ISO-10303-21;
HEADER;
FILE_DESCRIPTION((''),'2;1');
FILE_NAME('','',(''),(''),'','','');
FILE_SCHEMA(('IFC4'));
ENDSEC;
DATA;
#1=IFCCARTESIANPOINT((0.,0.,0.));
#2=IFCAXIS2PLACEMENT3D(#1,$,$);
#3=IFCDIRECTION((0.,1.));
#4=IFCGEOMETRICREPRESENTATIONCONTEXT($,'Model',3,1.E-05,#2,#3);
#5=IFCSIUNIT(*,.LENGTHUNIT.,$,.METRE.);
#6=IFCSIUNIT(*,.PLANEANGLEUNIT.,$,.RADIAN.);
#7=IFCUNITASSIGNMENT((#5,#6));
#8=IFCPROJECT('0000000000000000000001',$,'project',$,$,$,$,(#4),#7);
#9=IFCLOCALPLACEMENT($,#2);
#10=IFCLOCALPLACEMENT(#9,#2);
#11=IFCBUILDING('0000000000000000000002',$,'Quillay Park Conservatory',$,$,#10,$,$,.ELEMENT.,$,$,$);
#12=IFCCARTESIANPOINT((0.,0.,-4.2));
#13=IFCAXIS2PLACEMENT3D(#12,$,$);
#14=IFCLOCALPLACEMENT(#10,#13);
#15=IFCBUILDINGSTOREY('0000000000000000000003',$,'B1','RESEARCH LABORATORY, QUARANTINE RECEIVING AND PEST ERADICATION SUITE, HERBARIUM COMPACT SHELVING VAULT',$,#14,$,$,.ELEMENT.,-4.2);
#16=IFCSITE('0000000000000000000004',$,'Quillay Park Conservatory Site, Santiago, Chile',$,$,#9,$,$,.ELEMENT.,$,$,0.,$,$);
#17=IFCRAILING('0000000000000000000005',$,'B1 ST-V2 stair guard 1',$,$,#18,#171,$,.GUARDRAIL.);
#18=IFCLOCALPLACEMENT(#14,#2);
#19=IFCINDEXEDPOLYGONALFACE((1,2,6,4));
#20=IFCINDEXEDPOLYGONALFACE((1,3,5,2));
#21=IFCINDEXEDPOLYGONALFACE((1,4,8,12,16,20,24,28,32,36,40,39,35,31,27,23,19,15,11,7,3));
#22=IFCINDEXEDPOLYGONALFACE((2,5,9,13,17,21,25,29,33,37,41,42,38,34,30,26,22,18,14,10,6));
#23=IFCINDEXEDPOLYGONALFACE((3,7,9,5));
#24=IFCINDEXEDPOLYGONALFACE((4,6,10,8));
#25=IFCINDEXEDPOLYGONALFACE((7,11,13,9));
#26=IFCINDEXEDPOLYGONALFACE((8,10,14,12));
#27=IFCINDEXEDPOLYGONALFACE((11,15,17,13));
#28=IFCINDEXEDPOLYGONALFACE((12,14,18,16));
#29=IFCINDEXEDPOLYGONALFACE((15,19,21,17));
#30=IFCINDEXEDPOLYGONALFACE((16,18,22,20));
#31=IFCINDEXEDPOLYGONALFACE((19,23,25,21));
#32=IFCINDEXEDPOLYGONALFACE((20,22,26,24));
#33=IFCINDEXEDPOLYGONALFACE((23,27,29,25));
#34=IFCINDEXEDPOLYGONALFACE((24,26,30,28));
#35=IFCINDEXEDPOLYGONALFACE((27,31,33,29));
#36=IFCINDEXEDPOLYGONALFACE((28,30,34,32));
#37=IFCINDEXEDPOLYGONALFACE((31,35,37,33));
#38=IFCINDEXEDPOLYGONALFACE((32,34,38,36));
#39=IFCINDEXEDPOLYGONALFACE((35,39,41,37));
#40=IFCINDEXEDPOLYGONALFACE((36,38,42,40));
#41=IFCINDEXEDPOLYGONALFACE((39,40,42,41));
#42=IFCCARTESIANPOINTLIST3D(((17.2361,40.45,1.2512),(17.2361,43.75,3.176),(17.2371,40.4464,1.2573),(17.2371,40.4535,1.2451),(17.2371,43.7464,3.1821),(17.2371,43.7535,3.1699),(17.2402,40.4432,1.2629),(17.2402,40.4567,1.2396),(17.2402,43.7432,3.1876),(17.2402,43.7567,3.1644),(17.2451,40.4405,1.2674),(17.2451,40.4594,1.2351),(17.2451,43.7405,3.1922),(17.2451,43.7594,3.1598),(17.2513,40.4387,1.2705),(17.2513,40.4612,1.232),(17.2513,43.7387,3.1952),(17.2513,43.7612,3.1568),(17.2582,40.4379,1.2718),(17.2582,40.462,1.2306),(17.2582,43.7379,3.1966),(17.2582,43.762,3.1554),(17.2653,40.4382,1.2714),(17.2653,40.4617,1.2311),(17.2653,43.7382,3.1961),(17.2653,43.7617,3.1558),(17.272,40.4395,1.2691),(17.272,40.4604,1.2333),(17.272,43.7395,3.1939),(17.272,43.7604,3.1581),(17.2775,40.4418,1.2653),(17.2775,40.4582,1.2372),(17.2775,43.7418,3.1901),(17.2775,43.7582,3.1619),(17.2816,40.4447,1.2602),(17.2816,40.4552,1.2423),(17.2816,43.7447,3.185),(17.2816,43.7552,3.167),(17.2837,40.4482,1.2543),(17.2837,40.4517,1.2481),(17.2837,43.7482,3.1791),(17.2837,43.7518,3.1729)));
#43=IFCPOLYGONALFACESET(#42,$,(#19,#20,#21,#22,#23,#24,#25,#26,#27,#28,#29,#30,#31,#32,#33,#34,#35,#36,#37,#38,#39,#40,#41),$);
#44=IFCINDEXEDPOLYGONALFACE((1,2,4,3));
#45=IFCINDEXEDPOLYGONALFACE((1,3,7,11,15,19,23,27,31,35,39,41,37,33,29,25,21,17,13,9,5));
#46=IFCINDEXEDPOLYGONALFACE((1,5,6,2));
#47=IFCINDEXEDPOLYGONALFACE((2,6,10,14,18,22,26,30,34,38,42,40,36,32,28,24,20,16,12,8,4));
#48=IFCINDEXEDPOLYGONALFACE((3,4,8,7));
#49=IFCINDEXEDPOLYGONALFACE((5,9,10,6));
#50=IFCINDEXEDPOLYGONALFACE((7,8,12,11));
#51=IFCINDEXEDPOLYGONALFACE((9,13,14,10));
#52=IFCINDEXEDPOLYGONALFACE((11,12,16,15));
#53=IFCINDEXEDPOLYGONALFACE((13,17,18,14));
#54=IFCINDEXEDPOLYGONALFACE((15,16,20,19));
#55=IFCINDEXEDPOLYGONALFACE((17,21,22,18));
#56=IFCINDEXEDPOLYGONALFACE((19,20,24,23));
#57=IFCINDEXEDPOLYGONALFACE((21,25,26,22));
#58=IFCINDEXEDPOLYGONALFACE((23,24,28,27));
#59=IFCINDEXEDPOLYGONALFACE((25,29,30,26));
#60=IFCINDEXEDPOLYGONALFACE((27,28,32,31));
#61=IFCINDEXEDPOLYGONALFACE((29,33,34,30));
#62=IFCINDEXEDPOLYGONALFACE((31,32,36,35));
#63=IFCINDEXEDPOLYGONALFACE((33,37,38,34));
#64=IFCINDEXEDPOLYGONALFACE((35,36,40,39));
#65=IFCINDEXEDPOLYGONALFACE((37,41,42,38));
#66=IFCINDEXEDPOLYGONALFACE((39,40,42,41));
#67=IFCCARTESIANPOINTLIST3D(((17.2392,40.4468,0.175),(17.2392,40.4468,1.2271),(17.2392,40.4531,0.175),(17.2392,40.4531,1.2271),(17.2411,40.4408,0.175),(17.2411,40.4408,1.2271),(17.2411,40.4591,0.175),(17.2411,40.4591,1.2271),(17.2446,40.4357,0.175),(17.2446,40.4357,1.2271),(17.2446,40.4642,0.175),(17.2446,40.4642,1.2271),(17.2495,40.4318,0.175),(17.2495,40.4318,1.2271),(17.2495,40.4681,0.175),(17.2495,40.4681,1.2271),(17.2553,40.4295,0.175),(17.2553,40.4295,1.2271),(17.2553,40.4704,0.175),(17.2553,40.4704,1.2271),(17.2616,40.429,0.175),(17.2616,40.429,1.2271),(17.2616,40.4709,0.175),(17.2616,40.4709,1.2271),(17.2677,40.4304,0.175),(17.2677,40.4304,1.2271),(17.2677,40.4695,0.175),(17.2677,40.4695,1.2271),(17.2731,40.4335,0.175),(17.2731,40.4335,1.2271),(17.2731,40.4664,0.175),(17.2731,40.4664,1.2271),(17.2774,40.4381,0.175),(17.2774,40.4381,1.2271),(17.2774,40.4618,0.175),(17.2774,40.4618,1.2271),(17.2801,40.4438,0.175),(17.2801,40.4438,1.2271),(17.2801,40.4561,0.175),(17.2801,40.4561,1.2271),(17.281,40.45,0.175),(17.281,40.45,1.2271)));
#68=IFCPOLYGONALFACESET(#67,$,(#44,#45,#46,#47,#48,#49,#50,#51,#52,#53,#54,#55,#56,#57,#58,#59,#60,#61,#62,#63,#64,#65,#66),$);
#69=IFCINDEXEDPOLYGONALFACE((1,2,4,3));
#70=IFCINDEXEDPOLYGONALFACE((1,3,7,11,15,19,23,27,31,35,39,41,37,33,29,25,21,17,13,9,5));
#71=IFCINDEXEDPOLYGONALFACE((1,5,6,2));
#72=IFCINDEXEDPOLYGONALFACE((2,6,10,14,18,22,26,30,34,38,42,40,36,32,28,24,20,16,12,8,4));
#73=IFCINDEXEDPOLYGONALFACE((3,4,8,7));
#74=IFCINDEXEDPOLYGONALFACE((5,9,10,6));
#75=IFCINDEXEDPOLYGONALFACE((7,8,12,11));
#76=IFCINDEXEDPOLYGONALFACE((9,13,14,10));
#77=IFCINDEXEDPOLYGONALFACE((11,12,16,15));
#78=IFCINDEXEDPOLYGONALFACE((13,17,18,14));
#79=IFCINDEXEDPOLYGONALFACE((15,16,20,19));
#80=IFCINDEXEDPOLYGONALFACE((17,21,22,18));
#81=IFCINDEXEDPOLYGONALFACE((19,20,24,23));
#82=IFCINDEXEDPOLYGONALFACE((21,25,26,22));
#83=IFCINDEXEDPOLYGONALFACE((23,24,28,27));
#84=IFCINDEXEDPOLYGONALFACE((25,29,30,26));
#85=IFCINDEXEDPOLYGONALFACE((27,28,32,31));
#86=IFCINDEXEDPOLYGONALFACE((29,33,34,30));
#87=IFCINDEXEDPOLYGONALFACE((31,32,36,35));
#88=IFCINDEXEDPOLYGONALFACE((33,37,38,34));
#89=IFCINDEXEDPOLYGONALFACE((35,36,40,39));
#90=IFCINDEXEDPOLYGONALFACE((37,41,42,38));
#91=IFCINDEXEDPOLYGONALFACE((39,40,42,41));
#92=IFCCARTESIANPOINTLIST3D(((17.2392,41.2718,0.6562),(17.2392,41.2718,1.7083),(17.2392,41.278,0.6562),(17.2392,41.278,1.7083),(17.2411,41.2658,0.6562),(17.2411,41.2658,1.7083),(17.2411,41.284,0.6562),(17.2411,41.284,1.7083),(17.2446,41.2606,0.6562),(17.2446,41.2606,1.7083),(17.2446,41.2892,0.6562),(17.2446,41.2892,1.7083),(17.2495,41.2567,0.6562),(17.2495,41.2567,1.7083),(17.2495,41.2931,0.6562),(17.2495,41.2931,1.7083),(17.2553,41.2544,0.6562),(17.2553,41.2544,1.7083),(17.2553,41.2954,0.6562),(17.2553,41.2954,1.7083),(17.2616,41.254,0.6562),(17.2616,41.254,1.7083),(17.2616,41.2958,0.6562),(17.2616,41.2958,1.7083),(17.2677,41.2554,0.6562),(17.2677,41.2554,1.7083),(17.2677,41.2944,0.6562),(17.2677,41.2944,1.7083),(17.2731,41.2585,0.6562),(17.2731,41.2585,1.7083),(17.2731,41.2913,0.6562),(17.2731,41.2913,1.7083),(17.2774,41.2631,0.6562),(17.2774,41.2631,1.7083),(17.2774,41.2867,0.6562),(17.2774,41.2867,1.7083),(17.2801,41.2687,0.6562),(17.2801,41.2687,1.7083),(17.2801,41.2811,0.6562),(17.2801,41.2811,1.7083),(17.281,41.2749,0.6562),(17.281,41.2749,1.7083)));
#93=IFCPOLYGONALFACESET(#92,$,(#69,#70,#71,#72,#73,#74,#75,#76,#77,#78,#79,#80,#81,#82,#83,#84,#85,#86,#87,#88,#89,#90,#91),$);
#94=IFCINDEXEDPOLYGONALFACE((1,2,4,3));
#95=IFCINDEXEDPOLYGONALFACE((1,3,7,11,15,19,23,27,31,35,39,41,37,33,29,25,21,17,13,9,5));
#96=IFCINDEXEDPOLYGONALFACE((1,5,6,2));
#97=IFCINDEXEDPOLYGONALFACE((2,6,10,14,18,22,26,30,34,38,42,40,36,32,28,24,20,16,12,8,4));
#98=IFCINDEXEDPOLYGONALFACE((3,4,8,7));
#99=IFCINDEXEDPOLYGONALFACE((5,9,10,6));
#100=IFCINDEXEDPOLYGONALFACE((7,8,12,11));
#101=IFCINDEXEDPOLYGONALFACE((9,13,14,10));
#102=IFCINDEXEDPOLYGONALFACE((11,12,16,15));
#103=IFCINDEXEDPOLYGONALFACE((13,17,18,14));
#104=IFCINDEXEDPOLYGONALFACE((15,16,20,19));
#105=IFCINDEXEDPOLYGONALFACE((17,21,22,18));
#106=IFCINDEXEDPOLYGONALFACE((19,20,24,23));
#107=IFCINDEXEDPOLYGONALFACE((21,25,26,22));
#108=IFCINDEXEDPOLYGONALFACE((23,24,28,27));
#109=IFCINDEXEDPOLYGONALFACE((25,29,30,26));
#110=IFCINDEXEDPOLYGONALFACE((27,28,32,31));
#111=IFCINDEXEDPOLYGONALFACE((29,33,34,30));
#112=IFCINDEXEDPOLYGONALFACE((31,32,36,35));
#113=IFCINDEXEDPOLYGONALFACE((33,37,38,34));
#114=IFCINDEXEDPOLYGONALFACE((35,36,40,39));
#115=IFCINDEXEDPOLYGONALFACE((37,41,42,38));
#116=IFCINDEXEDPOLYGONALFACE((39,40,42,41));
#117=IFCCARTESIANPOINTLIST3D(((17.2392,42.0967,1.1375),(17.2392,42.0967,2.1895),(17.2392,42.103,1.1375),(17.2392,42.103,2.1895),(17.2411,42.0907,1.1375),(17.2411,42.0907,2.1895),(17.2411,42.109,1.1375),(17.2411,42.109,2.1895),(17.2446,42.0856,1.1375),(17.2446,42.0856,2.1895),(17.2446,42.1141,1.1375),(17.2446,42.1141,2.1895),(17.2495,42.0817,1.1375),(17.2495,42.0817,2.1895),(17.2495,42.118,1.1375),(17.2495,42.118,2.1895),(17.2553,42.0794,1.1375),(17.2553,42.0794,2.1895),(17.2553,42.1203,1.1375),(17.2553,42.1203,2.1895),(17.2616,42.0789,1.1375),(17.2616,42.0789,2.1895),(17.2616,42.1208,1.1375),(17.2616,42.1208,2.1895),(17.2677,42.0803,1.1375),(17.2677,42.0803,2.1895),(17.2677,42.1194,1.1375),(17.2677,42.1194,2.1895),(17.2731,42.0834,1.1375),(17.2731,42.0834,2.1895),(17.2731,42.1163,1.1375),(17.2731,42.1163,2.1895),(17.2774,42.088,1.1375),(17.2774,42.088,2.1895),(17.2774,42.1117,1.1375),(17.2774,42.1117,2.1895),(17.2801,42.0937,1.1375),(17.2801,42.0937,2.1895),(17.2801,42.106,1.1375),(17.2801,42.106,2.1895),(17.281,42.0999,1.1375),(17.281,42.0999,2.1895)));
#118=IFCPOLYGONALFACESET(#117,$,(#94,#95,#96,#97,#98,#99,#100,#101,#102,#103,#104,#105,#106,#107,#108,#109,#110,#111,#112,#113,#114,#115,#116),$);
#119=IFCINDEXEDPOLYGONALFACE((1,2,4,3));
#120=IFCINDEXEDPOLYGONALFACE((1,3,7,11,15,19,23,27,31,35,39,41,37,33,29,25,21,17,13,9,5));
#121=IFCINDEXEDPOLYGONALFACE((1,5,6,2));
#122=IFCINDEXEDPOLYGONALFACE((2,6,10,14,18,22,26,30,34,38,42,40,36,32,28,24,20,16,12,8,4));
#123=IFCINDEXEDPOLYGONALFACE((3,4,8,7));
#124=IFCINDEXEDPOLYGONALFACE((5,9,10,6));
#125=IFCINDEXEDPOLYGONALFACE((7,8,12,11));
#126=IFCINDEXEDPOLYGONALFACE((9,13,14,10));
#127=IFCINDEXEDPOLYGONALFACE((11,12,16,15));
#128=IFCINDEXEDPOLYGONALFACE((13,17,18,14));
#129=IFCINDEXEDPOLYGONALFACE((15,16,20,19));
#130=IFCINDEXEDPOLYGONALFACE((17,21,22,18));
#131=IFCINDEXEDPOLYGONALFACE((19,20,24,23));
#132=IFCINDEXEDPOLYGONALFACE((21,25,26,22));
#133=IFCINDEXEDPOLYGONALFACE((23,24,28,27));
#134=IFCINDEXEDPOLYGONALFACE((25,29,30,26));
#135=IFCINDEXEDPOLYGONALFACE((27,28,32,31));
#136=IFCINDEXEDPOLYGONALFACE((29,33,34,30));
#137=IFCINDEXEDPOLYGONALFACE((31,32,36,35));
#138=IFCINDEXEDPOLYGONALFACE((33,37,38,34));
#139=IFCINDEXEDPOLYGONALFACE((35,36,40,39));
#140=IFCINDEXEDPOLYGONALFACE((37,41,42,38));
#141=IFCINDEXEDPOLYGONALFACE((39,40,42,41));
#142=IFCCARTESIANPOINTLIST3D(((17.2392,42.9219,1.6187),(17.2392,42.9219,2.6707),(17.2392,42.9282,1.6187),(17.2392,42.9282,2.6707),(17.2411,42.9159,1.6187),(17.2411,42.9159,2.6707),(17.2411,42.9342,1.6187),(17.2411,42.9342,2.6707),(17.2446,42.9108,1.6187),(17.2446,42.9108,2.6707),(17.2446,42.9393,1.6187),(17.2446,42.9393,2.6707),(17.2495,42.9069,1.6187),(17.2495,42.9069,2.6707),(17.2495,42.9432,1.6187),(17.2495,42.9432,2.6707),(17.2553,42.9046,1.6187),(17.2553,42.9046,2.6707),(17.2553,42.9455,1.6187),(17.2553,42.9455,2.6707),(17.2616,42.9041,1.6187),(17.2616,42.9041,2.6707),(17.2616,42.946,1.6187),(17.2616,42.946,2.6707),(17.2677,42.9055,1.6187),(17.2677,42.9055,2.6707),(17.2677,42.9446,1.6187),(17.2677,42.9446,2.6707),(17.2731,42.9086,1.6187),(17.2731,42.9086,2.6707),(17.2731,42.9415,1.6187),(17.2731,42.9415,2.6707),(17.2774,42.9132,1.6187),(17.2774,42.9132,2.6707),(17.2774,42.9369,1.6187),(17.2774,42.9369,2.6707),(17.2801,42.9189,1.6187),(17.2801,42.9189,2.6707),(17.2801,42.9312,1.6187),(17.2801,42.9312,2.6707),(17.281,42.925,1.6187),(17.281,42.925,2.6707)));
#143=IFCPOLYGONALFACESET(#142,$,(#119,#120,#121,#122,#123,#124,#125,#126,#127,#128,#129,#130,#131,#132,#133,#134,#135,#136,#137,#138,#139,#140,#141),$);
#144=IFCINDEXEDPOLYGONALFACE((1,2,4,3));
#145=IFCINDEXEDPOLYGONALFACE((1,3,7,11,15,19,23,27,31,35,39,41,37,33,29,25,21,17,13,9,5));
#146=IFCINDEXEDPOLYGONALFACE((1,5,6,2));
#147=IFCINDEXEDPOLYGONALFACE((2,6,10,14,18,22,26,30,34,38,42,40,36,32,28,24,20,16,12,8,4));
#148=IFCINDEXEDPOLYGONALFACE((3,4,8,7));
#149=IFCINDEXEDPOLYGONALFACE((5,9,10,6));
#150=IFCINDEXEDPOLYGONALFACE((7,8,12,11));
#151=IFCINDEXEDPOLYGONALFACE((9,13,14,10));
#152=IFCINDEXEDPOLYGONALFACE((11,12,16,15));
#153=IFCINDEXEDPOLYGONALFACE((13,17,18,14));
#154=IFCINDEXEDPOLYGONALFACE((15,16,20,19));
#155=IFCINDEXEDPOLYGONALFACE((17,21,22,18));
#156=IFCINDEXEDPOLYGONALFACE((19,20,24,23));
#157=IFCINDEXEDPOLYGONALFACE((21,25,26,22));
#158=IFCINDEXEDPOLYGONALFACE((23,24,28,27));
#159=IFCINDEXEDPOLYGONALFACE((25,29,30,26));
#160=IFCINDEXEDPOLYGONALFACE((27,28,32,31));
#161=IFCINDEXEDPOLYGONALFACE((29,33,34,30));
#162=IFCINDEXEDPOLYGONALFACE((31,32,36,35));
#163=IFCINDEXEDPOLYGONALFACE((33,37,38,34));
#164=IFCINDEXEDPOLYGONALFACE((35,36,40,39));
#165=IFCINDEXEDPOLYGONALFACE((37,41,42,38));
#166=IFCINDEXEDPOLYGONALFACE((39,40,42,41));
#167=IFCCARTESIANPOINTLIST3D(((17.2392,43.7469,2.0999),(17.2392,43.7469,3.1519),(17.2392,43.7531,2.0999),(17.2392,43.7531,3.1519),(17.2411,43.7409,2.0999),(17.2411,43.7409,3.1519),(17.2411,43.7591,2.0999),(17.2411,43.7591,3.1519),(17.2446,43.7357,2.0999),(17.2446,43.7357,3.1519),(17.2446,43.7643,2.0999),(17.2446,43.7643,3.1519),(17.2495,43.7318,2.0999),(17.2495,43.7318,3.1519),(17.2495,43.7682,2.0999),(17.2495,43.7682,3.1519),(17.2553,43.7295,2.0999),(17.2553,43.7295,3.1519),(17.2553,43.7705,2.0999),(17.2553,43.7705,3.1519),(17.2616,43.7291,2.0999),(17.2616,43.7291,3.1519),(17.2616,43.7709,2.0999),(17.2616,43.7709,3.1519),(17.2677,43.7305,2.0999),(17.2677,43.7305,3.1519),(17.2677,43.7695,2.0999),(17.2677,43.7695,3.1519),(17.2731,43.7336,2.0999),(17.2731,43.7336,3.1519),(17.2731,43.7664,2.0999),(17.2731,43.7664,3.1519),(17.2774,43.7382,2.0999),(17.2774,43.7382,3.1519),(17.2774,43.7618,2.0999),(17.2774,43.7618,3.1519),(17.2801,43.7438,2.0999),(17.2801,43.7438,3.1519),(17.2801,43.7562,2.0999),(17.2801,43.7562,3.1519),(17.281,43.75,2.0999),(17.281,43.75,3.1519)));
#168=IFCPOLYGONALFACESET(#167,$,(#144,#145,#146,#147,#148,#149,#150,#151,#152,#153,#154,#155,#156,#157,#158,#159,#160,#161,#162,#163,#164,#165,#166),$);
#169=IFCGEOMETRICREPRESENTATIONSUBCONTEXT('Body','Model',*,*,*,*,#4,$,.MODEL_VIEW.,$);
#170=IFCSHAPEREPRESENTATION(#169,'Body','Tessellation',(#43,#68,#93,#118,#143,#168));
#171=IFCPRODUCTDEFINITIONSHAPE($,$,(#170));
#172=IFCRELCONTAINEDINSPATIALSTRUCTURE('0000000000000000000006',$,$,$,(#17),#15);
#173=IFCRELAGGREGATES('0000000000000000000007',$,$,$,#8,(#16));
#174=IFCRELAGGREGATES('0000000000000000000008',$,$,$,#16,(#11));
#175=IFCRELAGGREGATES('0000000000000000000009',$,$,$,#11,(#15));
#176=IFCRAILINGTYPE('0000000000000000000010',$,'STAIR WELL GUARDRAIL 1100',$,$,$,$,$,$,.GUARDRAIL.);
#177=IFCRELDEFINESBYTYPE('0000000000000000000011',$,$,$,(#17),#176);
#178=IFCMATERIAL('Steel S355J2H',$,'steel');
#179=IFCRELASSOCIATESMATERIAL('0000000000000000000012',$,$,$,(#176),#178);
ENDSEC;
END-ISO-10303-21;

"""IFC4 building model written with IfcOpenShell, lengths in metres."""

from ifc_helpers import new_model, si_unit, direction, frame, origin, origin_2d, place, context, subcontext, project, spatial, circle, extrude, material, type_object, element, save


model = new_model("IFC4")

# Units and contexts
model_context = context("Model", 3, precision=1e-05, world=origin(), true_north=direction((0.0, 1.0)))
body_context = subcontext(model_context, "Body", "Model", "MODEL_VIEW")
ifc_project = project(units=[si_unit("LENGTHUNIT", "METRE"), si_unit("PLANEANGLEUNIT", "RADIAN")], contexts=[model_context])

# Site, building, storey
site_placement = place(None, origin())
site = spatial("IfcSite", under=ifc_project, at=site_placement, Name="Quillay Park Conservatory Site, Santiago, Chile", CompositionType="ELEMENT", RefElevation=0.0)
building_placement = place(site_placement, origin())
building = spatial("IfcBuilding", under=site, at=building_placement, Name="Quillay Park Conservatory", CompositionType="ELEMENT")
storey_placement = place(building_placement, frame((0.0, 0.0, -4.2)))
storey = spatial("IfcBuildingStorey", under=building, at=storey_placement, Name="B1", Description="RESEARCH LABORATORY, QUARANTINE RECEIVING AND PEST ERADICATION SUITE, HERBARIUM COMPACT SHELVING VAULT", CompositionType="ELEMENT", Elevation=-4.2)

# Railing
ifc_material_1 = material(Name="Steel S355J2H", Category="steel")
railing_type_1 = type_object("IfcRailingType", Name="STAIR WELL GUARDRAIL 1100", PredefinedType="GUARDRAIL", material=ifc_material_1)
railing_1_placement = place(storey_placement, frame((17.26, 40.45, 0.175)))
element("IfcRailing", 1, at=railing_1_placement, inside=storey, type_object=railing_type_1, Name="B1 ST-V2 stair guard 1", PredefinedType="GUARDRAIL", context=body_context, shape_type="SweptSolid", body=[
    extrude(circle(Radius=0.0239, at=origin_2d()), frame((0.0, 0.0, 1.0762), z_axis=(0.0, 0.863804, 0.503827), x_axis=(-1.0, 0.0, 0.0)), (0.0, 0.0, 1.0), 3.8203),
    extrude(circle(Radius=0.021, at=origin_2d()), origin(), (0.0, 0.0, 1.0), 1.052),
    extrude(circle(Radius=0.021, at=origin_2d()), frame((0.0, 0.825, 0.4812)), (0.0, 0.0, 1.0), 1.052),
    extrude(circle(Radius=0.021, at=origin_2d()), frame((0.0, 1.6499, 0.9624)), (0.0, 0.0, 1.0), 1.052),
    extrude(circle(Radius=0.021, at=origin_2d()), frame((0.0, 2.4751, 1.4436)), (0.0, 0.0, 1.0), 1.052),
    extrude(circle(Radius=0.021, at=origin_2d()), frame((0.0, 3.3, 1.9248)), (0.0, 0.0, 1.0), 1.052),
])

save(model, "model.ifc")
